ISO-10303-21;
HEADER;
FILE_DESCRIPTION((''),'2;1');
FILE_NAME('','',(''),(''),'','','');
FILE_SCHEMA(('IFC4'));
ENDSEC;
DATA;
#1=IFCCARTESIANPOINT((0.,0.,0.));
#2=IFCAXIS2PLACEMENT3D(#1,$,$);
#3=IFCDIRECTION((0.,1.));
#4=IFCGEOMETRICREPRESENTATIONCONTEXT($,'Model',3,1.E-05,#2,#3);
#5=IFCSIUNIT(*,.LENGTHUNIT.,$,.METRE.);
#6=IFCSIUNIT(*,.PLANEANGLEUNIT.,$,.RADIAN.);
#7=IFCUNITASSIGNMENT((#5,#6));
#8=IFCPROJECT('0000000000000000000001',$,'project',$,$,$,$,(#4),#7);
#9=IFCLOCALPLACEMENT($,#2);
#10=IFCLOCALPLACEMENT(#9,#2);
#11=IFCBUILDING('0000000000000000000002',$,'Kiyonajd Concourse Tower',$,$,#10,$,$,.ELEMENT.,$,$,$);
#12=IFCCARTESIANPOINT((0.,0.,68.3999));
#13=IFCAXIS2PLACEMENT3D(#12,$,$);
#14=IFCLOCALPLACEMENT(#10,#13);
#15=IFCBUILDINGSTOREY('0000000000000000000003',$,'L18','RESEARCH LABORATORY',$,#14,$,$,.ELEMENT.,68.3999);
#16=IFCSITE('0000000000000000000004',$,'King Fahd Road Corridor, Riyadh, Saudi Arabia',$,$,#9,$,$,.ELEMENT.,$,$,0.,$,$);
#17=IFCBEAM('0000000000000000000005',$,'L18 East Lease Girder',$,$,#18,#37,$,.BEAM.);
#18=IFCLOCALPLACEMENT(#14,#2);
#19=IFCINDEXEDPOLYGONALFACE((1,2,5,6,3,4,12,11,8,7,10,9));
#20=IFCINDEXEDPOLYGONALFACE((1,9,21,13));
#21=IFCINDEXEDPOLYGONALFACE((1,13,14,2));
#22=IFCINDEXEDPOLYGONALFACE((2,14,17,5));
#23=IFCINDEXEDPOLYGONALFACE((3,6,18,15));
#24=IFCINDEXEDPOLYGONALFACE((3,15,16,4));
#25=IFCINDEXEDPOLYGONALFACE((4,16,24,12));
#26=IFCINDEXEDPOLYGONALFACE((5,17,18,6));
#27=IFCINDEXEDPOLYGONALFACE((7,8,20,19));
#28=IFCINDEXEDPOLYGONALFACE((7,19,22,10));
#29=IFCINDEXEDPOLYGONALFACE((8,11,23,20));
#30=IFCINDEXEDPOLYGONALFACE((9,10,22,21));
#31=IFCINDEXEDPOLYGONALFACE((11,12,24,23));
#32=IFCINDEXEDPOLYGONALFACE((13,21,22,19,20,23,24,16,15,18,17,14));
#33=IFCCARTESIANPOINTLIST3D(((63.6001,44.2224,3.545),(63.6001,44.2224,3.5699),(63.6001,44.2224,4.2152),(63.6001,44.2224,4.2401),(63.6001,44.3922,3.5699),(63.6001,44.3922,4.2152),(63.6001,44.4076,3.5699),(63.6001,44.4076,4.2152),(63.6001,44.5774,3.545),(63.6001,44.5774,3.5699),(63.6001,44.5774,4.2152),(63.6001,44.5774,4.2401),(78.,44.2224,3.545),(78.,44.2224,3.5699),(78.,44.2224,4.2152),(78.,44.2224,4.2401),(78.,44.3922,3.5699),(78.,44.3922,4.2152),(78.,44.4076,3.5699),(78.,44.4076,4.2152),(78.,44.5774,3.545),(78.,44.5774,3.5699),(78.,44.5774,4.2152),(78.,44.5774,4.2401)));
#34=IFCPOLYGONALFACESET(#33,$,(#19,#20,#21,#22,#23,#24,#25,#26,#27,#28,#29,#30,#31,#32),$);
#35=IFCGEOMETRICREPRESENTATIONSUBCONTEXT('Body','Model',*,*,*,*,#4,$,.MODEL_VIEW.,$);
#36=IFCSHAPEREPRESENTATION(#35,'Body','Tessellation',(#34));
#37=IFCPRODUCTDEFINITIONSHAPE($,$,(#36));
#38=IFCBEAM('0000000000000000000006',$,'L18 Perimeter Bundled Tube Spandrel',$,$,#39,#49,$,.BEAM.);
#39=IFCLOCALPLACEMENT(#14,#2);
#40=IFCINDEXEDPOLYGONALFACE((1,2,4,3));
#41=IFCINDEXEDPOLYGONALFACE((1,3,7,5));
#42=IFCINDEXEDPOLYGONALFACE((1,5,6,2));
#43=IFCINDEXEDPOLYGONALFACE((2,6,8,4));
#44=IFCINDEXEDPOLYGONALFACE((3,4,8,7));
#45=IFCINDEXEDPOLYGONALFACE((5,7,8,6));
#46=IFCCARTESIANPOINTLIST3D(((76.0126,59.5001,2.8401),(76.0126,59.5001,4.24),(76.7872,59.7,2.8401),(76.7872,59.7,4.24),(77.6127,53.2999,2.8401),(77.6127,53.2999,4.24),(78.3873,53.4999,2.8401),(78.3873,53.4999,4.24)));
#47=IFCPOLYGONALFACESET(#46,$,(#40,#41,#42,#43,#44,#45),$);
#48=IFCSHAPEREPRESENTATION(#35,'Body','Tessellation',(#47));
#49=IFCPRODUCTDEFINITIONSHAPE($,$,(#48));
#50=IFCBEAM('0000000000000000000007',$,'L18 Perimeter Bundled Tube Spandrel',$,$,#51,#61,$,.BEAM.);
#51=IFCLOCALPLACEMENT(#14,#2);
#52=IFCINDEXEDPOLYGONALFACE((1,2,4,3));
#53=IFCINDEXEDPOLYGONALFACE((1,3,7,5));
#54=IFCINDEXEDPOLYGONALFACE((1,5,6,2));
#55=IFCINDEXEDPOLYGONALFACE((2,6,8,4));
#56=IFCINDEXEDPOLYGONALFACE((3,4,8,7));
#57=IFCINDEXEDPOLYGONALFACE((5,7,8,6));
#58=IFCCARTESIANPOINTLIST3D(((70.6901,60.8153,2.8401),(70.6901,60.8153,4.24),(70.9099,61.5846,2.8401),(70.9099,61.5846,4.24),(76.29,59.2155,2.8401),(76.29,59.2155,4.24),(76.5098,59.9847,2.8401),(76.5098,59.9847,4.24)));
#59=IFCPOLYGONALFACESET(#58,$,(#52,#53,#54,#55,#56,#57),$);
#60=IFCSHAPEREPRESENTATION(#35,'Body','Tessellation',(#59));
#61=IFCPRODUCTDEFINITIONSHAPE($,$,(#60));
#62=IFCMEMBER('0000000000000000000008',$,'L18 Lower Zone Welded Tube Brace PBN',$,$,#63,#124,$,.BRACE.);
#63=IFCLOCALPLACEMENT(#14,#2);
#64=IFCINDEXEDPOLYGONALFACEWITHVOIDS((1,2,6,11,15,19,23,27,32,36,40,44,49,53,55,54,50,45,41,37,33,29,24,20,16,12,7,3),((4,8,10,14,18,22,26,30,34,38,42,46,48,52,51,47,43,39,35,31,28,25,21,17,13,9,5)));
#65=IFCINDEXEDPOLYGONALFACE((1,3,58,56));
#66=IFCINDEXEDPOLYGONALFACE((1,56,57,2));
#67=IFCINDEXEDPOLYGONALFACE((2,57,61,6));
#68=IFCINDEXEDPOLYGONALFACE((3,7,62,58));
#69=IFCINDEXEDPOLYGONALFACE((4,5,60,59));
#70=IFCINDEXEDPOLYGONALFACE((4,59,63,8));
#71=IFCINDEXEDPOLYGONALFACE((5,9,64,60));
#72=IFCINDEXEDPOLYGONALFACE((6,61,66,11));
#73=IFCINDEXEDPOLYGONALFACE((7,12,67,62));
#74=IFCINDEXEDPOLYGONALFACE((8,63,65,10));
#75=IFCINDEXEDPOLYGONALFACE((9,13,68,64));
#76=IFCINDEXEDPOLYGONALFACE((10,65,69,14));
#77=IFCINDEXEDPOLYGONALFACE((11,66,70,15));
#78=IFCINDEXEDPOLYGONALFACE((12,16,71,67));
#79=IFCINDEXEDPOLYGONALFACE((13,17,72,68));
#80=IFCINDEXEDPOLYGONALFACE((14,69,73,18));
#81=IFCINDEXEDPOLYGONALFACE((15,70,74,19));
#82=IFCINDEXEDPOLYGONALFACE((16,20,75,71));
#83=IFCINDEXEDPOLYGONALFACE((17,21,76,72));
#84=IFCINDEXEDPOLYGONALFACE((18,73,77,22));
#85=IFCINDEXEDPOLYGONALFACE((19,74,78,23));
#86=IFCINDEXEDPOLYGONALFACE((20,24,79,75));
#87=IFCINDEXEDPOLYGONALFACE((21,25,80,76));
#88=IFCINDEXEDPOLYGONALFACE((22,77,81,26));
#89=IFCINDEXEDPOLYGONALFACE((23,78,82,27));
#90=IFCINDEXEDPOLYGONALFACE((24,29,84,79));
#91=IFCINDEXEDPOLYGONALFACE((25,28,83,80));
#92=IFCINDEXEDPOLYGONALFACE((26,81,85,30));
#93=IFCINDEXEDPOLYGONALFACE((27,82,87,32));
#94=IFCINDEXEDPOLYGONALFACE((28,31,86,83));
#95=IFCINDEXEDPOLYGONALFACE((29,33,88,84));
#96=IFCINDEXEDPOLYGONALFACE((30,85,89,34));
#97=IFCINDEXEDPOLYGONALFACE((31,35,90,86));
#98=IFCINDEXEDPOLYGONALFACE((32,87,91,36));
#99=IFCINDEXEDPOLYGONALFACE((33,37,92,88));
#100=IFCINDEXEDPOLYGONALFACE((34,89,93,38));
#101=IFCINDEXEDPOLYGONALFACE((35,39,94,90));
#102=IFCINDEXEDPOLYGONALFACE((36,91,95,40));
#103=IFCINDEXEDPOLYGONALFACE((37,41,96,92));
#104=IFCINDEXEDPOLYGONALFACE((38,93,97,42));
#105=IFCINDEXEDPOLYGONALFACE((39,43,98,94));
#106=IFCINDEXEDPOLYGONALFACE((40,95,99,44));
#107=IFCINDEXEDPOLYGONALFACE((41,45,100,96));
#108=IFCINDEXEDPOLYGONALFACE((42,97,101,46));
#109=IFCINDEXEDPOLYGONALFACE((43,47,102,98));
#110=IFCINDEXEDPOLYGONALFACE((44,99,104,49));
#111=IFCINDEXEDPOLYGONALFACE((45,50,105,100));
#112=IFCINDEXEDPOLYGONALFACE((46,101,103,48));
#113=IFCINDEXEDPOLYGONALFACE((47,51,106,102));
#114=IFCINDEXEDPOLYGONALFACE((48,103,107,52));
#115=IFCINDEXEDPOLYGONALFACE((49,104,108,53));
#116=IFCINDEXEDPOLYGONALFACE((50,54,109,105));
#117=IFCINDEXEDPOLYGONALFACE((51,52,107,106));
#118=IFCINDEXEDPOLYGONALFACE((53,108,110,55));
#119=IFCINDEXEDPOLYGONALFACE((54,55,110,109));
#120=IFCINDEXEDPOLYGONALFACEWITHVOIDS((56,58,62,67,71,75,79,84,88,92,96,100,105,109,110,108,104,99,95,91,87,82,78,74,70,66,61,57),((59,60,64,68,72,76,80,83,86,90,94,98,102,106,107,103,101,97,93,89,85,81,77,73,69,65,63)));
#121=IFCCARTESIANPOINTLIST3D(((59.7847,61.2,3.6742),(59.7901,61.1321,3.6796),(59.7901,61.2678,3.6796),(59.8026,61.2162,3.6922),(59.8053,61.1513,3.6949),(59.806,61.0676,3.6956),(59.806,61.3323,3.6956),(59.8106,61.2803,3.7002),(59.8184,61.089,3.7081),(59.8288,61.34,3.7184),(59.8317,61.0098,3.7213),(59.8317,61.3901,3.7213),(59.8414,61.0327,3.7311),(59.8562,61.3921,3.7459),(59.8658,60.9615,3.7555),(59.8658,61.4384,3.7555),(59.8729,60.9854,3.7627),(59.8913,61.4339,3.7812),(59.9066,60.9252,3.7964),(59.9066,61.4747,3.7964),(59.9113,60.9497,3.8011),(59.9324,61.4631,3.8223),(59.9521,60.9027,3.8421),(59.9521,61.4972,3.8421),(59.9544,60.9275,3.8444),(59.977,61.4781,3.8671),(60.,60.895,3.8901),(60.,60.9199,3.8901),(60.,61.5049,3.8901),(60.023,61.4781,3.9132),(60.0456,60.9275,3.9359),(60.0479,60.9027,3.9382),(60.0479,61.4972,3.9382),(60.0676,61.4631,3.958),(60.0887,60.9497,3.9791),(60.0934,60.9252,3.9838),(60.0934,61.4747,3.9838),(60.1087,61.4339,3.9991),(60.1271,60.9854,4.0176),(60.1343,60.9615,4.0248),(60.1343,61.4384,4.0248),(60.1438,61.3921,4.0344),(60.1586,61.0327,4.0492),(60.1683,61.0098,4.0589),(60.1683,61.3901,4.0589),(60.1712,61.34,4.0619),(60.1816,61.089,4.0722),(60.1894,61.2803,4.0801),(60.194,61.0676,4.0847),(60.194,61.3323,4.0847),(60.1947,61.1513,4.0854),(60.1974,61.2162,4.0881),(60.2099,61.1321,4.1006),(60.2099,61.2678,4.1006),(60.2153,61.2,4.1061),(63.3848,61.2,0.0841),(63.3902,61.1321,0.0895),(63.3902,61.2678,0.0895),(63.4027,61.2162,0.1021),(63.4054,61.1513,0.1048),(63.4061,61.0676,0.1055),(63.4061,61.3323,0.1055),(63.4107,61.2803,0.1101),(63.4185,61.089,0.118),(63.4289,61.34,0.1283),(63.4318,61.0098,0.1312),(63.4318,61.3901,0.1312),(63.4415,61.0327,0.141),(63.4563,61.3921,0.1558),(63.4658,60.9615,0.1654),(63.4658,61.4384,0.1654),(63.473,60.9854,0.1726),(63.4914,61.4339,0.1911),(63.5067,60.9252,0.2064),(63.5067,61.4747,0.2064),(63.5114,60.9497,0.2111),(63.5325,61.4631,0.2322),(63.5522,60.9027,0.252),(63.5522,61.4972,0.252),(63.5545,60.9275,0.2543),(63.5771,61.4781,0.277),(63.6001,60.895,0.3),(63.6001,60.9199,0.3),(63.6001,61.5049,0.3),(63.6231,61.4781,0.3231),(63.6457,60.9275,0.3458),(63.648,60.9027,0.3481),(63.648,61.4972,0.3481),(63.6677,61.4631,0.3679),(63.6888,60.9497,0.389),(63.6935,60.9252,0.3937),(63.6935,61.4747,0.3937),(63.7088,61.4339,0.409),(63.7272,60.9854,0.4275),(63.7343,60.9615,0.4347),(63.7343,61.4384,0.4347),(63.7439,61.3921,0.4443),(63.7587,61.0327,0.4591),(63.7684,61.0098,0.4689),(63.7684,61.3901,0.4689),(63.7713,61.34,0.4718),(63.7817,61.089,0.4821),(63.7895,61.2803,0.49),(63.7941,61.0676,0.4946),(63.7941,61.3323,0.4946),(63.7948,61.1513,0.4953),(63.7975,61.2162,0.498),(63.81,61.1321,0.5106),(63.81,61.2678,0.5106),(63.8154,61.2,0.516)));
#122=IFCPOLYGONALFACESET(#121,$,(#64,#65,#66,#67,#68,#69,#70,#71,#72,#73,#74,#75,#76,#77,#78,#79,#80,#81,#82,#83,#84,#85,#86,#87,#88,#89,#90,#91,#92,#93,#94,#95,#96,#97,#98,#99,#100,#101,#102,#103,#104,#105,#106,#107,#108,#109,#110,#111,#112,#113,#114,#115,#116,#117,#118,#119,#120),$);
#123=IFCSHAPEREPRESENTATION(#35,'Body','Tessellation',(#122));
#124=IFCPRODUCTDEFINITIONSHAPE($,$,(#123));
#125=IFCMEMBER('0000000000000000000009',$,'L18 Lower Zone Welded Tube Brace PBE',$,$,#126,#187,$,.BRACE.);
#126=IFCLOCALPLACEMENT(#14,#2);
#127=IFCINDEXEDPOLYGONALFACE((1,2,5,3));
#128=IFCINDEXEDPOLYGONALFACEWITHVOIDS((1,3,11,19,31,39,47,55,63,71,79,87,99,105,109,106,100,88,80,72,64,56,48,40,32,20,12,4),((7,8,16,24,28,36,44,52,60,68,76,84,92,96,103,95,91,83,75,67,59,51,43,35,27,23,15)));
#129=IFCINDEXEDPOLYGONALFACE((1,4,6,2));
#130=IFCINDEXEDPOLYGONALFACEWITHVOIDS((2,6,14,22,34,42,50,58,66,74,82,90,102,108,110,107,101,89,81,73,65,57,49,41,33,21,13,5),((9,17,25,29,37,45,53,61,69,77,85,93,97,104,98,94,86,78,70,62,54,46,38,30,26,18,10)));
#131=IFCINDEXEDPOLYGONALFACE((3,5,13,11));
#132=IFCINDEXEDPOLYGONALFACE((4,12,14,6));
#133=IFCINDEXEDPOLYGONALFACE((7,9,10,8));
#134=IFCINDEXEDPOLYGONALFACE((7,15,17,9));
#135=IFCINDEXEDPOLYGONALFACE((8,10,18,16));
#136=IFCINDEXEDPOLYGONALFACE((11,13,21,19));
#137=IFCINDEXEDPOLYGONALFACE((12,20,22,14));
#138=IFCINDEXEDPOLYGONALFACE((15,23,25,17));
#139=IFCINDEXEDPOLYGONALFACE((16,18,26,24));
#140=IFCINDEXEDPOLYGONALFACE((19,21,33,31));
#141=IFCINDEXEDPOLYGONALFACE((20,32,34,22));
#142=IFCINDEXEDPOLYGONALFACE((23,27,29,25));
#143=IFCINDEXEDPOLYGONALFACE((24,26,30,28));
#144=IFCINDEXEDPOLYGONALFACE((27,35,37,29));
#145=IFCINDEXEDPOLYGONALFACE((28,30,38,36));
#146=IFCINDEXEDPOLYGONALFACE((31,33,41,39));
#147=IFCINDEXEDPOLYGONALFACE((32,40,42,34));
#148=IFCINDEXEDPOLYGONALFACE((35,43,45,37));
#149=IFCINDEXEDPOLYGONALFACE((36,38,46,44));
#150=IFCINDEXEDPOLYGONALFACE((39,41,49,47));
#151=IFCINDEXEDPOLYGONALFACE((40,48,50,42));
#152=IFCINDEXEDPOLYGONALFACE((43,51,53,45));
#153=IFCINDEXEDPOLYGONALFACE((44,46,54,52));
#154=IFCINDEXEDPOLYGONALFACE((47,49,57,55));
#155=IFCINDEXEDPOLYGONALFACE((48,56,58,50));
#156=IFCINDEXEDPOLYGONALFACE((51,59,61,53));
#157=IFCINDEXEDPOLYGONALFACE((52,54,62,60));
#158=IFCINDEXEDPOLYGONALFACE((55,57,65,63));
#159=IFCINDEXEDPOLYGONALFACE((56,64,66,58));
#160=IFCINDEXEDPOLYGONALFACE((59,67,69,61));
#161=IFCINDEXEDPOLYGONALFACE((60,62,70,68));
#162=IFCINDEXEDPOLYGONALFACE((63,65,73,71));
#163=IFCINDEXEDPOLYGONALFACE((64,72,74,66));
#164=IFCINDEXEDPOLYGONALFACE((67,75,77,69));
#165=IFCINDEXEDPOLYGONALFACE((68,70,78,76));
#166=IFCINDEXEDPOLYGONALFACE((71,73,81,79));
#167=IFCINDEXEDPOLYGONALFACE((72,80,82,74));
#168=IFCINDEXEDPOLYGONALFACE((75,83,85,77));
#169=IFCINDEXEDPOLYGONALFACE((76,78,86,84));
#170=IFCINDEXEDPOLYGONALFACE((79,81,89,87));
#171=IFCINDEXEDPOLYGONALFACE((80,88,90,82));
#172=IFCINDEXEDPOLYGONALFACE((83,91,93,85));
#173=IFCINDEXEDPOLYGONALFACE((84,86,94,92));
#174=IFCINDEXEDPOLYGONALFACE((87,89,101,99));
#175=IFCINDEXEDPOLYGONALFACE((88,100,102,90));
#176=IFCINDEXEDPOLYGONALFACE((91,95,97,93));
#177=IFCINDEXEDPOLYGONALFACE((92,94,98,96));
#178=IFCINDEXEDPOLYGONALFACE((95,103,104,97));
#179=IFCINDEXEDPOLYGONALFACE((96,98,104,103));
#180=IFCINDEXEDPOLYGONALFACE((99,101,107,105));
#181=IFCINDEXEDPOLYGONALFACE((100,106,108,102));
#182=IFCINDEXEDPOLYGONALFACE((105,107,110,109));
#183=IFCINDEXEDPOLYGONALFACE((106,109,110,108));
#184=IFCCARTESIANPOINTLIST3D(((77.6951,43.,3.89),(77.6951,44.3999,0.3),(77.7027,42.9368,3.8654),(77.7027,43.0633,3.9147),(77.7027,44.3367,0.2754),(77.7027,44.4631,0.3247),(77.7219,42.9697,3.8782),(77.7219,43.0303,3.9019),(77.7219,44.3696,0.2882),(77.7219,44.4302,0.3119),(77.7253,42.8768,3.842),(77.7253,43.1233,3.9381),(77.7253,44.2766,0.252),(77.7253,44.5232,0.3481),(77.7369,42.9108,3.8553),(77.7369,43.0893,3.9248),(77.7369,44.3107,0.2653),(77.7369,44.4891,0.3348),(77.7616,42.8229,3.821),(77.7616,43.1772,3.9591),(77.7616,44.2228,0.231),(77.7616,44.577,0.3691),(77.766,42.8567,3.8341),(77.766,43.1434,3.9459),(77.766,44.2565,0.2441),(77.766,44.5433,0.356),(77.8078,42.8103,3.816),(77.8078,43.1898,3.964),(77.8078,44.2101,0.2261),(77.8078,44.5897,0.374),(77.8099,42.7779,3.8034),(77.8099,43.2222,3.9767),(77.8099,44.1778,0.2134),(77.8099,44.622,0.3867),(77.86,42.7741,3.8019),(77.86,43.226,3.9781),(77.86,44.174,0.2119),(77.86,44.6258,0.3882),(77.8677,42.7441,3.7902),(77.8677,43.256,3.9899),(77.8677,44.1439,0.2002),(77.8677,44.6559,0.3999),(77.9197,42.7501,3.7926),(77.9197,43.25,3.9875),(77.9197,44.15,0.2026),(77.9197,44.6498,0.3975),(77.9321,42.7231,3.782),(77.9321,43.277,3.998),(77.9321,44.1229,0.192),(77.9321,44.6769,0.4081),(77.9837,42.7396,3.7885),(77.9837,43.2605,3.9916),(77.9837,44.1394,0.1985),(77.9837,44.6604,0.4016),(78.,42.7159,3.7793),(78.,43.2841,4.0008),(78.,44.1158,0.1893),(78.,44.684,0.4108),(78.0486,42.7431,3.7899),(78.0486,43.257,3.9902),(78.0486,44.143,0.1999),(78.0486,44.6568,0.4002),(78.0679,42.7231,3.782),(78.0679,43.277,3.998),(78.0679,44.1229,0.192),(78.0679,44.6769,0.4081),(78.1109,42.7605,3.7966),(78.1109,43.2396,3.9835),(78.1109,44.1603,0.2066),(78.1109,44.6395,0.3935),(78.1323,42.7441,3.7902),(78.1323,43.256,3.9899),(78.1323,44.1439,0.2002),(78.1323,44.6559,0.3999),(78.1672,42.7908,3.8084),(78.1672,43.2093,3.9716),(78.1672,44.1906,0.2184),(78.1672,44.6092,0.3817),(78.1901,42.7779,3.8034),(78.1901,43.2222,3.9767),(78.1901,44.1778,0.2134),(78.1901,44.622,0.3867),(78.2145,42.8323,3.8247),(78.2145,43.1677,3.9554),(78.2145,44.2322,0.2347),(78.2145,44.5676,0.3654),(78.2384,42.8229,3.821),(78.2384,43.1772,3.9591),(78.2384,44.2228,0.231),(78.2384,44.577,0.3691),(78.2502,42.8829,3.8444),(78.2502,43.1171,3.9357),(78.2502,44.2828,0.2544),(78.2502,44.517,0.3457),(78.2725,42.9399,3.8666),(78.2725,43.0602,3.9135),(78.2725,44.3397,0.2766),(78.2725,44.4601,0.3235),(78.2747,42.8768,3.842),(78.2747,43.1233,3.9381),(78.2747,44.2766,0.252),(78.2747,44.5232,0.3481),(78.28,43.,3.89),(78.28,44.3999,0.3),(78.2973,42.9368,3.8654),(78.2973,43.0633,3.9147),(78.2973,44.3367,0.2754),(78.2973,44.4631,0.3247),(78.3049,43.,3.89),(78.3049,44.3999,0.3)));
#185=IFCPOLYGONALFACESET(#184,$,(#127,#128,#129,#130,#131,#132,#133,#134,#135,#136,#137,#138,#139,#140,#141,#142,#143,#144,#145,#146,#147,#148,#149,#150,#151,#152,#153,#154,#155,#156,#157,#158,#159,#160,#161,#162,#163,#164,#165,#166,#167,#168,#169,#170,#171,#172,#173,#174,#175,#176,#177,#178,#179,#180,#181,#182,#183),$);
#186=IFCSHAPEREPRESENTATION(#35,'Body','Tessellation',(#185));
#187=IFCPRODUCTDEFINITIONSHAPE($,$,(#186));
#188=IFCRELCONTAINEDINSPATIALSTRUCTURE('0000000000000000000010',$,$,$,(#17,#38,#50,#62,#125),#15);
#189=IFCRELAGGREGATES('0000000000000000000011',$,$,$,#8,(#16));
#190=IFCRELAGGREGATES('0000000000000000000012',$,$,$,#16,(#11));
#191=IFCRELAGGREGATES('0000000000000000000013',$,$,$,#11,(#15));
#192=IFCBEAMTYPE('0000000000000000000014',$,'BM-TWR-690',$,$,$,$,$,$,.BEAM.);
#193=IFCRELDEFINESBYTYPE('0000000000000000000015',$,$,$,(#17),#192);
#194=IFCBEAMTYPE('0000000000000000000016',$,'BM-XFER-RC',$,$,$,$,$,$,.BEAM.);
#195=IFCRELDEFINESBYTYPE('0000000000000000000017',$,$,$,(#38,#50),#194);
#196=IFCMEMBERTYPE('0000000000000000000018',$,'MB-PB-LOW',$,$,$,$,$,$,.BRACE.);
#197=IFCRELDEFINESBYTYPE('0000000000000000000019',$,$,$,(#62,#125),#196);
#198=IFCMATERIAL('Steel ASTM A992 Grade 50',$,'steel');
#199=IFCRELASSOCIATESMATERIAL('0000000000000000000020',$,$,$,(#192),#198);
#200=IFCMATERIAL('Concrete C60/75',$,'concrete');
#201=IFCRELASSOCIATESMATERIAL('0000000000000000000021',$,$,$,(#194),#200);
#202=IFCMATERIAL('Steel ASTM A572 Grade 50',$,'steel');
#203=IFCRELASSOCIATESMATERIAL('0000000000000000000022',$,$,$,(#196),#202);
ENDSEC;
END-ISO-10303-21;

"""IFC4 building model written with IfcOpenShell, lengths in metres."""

from ifc_helpers import new_model, si_unit, direction, frame, origin, origin_2d, place, context, subcontext, project, spatial, rectangle, hollow_circle, i_section, extrude, material, material_profile, profile_set, type_object, element, save


model = new_model("IFC4")

# Units and contexts
model_context = context("Model", 3, precision=1e-05, world=origin(), true_north=direction((0.0, 1.0)))
body_context = subcontext(model_context, "Body", "Model", "MODEL_VIEW")
ifc_project = project(units=[si_unit("LENGTHUNIT", "METRE"), si_unit("PLANEANGLEUNIT", "RADIAN")], contexts=[model_context])

# Site, building, storey
site_placement = place(None, origin())
site = spatial("IfcSite", under=ifc_project, at=site_placement, Name="King Fahd Road Corridor, Riyadh, Saudi Arabia", CompositionType="ELEMENT", RefElevation=0.0)
building_placement = place(site_placement, origin())
building = spatial("IfcBuilding", under=site, at=building_placement, Name="Kiyonajd Concourse Tower", CompositionType="ELEMENT")
storey_placement = place(building_placement, frame((0.0, 0.0, 68.3999)))
storey = spatial("IfcBuildingStorey", under=building, at=storey_placement, Name="L18", Description="RESEARCH LABORATORY", CompositionType="ELEMENT", Elevation=68.3999)

# Beams
ifc_material_1 = material(Name="Steel ASTM A992 Grade 50", Category="steel")
ifc_material_profile_1 = material_profile(ifc_material_1, i_section(OverallWidth=0.355, OverallDepth=0.6951, WebThickness=0.0154, FlangeThickness=0.0249, at=origin_2d()), Name="W690X217")
ifc_profile_set_1 = profile_set([ifc_material_profile_1], Name="Steel ASTM A992 Grade 50")
beam_type_1 = type_object("IfcBeamType", Name="BM-TWR-690", PredefinedType="BEAM", material=ifc_profile_set_1)
beam_1_placement = place(storey_placement, frame((63.6001, 44.3999, 3.8926), z_axis=(1.0, 0.0, 0.0), x_axis=(0.0, 1.0, 0.0)))
element("IfcBeam", 1, at=beam_1_placement, inside=storey, type_object=beam_type_1, Name="L18 East Lease Girder", PredefinedType="BEAM", context=body_context, shape_type="SweptSolid", body=[
    extrude(i_section(OverallWidth=0.355, OverallDepth=0.6951, WebThickness=0.0154, FlangeThickness=0.0249, at=origin_2d()), origin(), (0.0, 0.0, 1.0), 14.3999),
])
ifc_material_2 = material(Name="Concrete C60/75", Category="concrete")
ifc_material_profile_2 = material_profile(ifc_material_2, rectangle(XDim=0.8, YDim=1.3999, at=origin_2d()), Name="RCBM-800x1400")
ifc_profile_set_2 = profile_set([ifc_material_profile_2], Name="Concrete C60/75")
beam_type_2 = type_object("IfcBeamType", Name="BM-XFER-RC", PredefinedType="BEAM", material=ifc_profile_set_2)
beam_2_placement = place(storey_placement, frame((78.0, 53.3999, 3.54), z_axis=(-0.249885, 0.968276, 0.0), x_axis=(-0.968276, -0.249885, 0.0)))
element("IfcBeam", 2, at=beam_2_placement, inside=storey, type_object=beam_type_2, Name="L18 Perimeter Bundled Tube Spandrel", PredefinedType="BEAM", context=body_context, shape_type="SweptSolid", body=[
    extrude(rectangle(XDim=0.8, YDim=1.3999, at=origin_2d()), origin(), (0.0, 0.0, 1.0), 6.4033),
])
beam_3_placement = place(storey_placement, frame((76.3999, 59.6001, 3.54), z_axis=(-0.961529, 0.274705, 0.0), x_axis=(-0.274705, -0.961529, 0.0)))
element("IfcBeam", 3, at=beam_3_placement, inside=storey, type_object=beam_type_2, Name="L18 Perimeter Bundled Tube Spandrel", PredefinedType="BEAM", context=body_context, shape_type="SweptSolid", body=[
    extrude(rectangle(XDim=0.8, YDim=1.3999, at=origin_2d()), origin(), (0.0, 0.0, 1.0), 5.824),
])

# Members
ifc_material_3 = material(Name="Steel ASTM A572 Grade 50", Category="steel")
ifc_material_profile_3 = material_profile(ifc_material_3, hollow_circle(Radius=0.3049, WallThickness=0.0249, at=origin_2d()), Name="CHS-610x25")
ifc_profile_set_3 = profile_set([ifc_material_profile_3], Name="Steel ASTM A572 Grade 50")
member_type = type_object("IfcMemberType", Name="MB-PB-LOW", PredefinedType="BRACE", material=ifc_profile_set_3)
member_1_placement = place(storey_placement, frame((63.6001, 61.2, 0.3), z_axis=(-0.70809, 0.0, 0.706122), x_axis=(0.0, -1.0, 0.0)))
element("IfcMember", 4, at=member_1_placement, inside=storey, type_object=member_type, Name="L18 Lower Zone Welded Tube Brace PBN", PredefinedType="BRACE", context=body_context, shape_type="SweptSolid", body=[
    extrude(hollow_circle(Radius=0.3049, WallThickness=0.0249, at=origin_2d()), origin(), (0.0, 0.0, 1.0), 5.0842),
])
member_2_placement = place(storey_placement, frame((78.0, 44.3999, 0.3), z_axis=(0.0, -0.363293, 0.931675), x_axis=(1.0, 0.0, 0.0)))
element("IfcMember", 5, at=member_2_placement, inside=storey, type_object=member_type, Name="L18 Lower Zone Welded Tube Brace PBE", PredefinedType="BRACE", context=body_context, shape_type="SweptSolid", body=[
    extrude(hollow_circle(Radius=0.3049, WallThickness=0.0249, at=origin_2d()), origin(), (0.0, 0.0, 1.0), 3.8533),
])

save(model, "model.ifc")
